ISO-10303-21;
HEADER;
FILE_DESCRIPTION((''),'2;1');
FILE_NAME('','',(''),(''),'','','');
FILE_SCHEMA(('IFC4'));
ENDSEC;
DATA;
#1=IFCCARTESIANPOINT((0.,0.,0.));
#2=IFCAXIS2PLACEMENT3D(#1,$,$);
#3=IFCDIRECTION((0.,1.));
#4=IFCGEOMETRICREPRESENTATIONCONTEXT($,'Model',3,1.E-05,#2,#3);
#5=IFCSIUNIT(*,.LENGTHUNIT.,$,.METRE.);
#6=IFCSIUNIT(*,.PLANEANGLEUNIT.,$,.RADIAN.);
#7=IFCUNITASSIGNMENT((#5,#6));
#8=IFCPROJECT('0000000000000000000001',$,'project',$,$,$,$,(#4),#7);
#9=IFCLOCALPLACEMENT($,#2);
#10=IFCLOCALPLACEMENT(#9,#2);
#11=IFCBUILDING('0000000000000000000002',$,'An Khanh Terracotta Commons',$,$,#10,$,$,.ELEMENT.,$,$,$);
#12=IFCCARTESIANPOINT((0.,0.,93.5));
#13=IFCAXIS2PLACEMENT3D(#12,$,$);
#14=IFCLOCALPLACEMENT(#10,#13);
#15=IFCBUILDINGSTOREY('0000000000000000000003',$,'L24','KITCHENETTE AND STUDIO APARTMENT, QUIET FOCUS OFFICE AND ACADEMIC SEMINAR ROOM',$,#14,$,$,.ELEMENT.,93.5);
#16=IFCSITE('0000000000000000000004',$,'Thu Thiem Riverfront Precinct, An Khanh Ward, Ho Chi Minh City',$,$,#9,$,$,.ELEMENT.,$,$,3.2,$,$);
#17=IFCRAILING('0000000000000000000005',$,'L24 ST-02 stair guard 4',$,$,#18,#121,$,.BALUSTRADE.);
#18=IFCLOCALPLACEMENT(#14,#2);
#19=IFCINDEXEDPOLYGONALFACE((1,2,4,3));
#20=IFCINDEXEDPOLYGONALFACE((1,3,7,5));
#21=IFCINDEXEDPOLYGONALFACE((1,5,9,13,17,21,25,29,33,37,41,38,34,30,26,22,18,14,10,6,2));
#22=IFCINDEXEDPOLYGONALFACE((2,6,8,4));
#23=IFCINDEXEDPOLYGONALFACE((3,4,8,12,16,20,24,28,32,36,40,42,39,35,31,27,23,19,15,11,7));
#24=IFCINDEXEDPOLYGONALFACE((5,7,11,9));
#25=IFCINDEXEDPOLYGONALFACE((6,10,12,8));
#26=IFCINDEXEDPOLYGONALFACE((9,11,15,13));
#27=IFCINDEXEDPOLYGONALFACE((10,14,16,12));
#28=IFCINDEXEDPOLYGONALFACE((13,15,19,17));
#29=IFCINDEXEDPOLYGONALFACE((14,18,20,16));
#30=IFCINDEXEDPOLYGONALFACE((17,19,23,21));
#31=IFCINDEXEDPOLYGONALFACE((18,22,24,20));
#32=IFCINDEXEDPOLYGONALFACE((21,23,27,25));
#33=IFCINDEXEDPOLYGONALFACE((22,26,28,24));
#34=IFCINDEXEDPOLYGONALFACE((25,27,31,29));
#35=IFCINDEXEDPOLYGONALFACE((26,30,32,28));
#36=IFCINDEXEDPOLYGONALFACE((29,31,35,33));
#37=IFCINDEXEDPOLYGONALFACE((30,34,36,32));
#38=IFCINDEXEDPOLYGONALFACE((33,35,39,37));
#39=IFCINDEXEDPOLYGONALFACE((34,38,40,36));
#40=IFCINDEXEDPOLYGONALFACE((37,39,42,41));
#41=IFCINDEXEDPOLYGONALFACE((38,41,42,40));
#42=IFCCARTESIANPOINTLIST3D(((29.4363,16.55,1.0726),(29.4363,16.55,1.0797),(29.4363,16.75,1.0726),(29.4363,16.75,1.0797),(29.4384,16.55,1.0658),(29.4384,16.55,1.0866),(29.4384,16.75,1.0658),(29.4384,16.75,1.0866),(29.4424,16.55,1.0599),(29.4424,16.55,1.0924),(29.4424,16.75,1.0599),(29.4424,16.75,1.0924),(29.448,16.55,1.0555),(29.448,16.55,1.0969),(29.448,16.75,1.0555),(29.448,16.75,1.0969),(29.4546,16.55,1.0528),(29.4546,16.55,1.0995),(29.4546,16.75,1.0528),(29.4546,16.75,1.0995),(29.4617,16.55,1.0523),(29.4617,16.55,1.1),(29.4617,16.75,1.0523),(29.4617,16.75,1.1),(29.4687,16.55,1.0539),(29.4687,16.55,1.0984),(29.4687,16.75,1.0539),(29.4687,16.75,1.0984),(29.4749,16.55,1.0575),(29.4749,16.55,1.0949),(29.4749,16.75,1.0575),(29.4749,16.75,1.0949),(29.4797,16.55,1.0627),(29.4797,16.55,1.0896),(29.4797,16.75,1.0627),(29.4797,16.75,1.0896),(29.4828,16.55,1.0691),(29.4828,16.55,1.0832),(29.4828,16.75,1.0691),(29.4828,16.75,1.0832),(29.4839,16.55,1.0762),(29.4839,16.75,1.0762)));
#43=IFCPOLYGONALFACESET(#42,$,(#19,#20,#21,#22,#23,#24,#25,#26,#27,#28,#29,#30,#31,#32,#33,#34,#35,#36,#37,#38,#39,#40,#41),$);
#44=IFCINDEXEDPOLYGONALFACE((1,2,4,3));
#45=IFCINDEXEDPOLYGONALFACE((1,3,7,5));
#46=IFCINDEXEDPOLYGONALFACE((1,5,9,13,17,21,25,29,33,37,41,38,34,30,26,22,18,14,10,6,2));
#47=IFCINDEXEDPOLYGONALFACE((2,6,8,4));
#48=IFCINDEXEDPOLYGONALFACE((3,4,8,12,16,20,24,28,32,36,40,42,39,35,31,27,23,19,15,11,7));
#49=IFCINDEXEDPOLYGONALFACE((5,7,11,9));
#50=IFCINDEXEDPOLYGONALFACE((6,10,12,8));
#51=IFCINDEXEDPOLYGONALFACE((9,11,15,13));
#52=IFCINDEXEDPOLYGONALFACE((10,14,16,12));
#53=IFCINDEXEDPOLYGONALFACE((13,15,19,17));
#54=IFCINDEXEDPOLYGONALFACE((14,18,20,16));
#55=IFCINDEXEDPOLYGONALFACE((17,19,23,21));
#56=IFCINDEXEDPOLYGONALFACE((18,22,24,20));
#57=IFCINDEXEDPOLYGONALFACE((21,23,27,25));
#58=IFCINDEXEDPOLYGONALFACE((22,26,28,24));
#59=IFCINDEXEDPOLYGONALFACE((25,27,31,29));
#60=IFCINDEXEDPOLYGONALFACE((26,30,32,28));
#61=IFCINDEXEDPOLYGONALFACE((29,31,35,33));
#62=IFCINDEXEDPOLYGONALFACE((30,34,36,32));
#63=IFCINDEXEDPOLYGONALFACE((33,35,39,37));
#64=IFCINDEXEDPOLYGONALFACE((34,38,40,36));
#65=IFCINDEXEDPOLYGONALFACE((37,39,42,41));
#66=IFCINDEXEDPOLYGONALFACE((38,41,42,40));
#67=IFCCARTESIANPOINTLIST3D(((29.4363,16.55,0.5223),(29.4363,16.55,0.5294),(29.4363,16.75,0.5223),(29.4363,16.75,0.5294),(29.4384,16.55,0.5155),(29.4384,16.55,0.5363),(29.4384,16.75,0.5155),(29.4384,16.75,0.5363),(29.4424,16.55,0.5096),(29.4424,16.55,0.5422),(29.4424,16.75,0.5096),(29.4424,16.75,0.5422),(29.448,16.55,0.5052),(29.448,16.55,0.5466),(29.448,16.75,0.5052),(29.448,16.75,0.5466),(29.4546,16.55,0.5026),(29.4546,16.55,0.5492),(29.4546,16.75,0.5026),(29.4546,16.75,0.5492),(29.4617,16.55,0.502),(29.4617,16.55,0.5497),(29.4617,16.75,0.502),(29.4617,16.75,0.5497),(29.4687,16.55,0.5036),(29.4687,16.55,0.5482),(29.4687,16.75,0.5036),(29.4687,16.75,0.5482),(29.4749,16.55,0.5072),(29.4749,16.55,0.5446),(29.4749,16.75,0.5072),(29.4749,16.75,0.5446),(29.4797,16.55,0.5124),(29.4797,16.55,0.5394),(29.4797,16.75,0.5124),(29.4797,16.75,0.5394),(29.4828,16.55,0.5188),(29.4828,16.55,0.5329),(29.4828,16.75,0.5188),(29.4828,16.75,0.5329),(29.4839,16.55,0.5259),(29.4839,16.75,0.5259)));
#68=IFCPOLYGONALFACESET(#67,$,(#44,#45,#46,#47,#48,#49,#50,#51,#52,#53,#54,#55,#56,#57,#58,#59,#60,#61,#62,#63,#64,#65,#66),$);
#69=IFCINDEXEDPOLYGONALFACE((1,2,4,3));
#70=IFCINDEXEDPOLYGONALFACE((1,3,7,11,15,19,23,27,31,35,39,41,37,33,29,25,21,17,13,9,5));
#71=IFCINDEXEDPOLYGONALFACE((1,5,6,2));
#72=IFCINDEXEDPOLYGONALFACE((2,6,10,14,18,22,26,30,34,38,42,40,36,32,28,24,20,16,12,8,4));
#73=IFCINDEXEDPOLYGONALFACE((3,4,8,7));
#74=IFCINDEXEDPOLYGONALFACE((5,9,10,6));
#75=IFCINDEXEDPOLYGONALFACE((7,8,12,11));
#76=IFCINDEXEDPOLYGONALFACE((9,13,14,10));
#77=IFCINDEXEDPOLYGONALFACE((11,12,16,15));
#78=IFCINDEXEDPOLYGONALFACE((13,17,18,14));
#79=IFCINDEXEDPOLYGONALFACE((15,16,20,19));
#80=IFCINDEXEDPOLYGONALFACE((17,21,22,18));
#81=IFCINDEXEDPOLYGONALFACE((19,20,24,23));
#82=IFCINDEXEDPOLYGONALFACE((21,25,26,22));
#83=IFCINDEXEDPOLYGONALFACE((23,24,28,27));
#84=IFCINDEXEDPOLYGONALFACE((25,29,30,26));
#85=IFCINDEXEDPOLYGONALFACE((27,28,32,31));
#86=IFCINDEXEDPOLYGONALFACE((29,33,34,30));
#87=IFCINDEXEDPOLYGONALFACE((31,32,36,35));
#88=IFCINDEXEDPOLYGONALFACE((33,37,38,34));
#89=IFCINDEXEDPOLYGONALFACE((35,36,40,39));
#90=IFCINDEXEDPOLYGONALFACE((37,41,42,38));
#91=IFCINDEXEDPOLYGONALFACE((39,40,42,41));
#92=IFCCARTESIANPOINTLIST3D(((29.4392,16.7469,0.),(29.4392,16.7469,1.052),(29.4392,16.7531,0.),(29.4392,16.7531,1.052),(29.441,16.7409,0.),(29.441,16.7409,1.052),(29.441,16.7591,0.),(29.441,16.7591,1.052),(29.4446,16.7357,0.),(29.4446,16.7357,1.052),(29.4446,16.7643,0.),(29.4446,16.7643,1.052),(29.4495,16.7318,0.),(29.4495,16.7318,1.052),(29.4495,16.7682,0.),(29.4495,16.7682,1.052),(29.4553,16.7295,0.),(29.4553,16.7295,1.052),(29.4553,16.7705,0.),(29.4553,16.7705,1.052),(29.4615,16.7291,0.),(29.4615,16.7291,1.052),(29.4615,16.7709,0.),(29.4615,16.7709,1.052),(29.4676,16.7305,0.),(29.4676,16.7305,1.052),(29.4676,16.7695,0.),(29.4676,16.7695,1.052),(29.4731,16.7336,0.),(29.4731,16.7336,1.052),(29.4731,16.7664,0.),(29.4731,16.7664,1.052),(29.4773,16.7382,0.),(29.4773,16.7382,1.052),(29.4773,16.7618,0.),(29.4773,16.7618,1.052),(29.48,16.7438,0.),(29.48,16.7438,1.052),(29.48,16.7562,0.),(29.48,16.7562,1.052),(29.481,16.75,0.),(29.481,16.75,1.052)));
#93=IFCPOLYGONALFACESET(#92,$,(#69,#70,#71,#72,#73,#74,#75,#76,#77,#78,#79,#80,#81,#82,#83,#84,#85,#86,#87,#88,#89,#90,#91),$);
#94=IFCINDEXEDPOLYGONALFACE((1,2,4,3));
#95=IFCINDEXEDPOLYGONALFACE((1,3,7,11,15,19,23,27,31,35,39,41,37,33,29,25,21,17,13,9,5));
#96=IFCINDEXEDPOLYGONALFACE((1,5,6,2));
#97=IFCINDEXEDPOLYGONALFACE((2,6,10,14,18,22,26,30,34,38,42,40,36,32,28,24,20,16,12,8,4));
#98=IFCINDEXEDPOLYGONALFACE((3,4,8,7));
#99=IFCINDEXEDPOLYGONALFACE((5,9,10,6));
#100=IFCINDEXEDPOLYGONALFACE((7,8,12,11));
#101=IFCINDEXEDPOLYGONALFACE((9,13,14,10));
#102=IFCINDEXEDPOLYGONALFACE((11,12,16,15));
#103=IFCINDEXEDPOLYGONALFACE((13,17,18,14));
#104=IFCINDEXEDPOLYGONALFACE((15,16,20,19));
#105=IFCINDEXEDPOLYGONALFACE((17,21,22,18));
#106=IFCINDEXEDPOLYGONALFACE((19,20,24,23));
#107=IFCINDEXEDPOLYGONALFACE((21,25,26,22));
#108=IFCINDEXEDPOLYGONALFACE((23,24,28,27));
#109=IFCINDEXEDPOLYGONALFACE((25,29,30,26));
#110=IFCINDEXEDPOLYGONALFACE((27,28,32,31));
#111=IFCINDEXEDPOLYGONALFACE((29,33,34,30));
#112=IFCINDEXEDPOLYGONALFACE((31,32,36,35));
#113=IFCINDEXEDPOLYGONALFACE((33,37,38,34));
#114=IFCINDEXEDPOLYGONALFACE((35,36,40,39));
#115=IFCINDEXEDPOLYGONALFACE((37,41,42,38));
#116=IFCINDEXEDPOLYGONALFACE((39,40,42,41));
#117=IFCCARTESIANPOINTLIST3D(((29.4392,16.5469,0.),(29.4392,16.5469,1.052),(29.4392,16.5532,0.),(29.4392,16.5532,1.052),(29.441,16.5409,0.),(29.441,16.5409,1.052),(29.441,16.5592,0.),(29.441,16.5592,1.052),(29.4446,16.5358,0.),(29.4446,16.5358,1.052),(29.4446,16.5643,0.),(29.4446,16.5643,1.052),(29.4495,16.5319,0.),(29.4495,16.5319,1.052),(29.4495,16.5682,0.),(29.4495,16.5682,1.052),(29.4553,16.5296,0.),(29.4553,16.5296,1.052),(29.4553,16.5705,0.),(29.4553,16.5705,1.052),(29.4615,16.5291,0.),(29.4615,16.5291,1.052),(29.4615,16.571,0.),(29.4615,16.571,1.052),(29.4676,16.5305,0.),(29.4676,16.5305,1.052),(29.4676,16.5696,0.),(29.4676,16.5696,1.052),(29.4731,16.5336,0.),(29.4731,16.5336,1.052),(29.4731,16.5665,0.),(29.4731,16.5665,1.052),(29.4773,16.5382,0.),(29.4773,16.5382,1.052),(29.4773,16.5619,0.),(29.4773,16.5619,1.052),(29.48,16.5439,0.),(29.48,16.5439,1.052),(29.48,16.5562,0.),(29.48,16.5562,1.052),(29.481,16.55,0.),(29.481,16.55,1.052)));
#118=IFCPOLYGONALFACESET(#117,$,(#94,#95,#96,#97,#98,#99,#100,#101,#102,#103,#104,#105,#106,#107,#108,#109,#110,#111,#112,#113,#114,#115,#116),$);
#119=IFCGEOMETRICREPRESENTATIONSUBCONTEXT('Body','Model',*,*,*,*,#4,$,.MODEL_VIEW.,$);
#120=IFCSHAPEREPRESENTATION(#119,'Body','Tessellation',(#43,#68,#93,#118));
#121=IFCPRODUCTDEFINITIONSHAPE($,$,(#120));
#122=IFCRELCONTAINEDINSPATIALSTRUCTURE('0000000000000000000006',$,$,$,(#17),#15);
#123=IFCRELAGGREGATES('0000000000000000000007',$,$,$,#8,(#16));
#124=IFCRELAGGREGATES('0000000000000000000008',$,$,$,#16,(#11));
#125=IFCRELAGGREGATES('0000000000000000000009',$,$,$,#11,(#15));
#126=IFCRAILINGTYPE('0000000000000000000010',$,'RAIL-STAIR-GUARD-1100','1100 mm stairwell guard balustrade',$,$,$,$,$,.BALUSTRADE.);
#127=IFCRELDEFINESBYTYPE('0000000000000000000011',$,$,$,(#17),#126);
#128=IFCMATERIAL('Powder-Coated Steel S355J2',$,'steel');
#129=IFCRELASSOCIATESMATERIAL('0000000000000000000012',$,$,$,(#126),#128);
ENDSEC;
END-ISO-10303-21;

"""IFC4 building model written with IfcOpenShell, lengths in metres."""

from ifc_helpers import new_model, si_unit, direction, frame, origin, origin_2d, place, context, subcontext, project, spatial, circle, extrude, material, type_object, element, save


model = new_model("IFC4")

# Units and contexts
model_context = context("Model", 3, precision=1e-05, world=origin(), true_north=direction((0.0, 1.0)))
body_context = subcontext(model_context, "Body", "Model", "MODEL_VIEW")
ifc_project = project(units=[si_unit("LENGTHUNIT", "METRE"), si_unit("PLANEANGLEUNIT", "RADIAN")], contexts=[model_context])

# Site, building, storey
site_placement = place(None, origin())
site = spatial("IfcSite", under=ifc_project, at=site_placement, Name="Thu Thiem Riverfront Precinct, An Khanh Ward, Ho Chi Minh City", CompositionType="ELEMENT", RefElevation=3.2)
building_placement = place(site_placement, origin())
building = spatial("IfcBuilding", under=site, at=building_placement, Name="An Khanh Terracotta Commons", CompositionType="ELEMENT")
storey_placement = place(building_placement, frame((0.0, 0.0, 93.5)))
storey = spatial("IfcBuildingStorey", under=building, at=storey_placement, Name="L24", Description="KITCHENETTE AND STUDIO APARTMENT, QUIET FOCUS OFFICE AND ACADEMIC SEMINAR ROOM", CompositionType="ELEMENT", Elevation=93.5)

# Railing
ifc_material_1 = material(Name="Powder-Coated Steel S355J2", Category="steel")
railing_type_1 = type_object("IfcRailingType", Name="RAIL-STAIR-GUARD-1100", Description="1100 mm stairwell guard balustrade", PredefinedType="BALUSTRADE", material=ifc_material_1)
railing_1_placement = place(storey_placement, frame((29.46, 16.75, 0.0)))
element("IfcRailing", 1, at=railing_1_placement, inside=storey, type_object=railing_type_1, Name="L24 ST-02 stair guard 4", PredefinedType="BALUSTRADE", context=body_context, shape_type="SweptSolid", body=[
    extrude(circle(Radius=0.0239, at=origin_2d()), frame((0.0, 0.0, 1.0762), z_axis=(0.0, -1.0, 0.0), x_axis=(1.0, 0.0, 0.0)), (0.0, 0.0, 1.0), 0.2),
    extrude(circle(Radius=0.0239, at=origin_2d()), frame((0.0, 0.0, 0.5259), z_axis=(0.0, -1.0, 0.0), x_axis=(1.0, 0.0, 0.0)), (0.0, 0.0, 1.0), 0.2),
    extrude(circle(Radius=0.021, at=origin_2d()), origin(), (0.0, 0.0, 1.0), 1.052),
    extrude(circle(Radius=0.021, at=origin_2d()), frame((0.0, -0.2, 0.0)), (0.0, 0.0, 1.0), 1.052),
])

save(model, "model.ifc")
